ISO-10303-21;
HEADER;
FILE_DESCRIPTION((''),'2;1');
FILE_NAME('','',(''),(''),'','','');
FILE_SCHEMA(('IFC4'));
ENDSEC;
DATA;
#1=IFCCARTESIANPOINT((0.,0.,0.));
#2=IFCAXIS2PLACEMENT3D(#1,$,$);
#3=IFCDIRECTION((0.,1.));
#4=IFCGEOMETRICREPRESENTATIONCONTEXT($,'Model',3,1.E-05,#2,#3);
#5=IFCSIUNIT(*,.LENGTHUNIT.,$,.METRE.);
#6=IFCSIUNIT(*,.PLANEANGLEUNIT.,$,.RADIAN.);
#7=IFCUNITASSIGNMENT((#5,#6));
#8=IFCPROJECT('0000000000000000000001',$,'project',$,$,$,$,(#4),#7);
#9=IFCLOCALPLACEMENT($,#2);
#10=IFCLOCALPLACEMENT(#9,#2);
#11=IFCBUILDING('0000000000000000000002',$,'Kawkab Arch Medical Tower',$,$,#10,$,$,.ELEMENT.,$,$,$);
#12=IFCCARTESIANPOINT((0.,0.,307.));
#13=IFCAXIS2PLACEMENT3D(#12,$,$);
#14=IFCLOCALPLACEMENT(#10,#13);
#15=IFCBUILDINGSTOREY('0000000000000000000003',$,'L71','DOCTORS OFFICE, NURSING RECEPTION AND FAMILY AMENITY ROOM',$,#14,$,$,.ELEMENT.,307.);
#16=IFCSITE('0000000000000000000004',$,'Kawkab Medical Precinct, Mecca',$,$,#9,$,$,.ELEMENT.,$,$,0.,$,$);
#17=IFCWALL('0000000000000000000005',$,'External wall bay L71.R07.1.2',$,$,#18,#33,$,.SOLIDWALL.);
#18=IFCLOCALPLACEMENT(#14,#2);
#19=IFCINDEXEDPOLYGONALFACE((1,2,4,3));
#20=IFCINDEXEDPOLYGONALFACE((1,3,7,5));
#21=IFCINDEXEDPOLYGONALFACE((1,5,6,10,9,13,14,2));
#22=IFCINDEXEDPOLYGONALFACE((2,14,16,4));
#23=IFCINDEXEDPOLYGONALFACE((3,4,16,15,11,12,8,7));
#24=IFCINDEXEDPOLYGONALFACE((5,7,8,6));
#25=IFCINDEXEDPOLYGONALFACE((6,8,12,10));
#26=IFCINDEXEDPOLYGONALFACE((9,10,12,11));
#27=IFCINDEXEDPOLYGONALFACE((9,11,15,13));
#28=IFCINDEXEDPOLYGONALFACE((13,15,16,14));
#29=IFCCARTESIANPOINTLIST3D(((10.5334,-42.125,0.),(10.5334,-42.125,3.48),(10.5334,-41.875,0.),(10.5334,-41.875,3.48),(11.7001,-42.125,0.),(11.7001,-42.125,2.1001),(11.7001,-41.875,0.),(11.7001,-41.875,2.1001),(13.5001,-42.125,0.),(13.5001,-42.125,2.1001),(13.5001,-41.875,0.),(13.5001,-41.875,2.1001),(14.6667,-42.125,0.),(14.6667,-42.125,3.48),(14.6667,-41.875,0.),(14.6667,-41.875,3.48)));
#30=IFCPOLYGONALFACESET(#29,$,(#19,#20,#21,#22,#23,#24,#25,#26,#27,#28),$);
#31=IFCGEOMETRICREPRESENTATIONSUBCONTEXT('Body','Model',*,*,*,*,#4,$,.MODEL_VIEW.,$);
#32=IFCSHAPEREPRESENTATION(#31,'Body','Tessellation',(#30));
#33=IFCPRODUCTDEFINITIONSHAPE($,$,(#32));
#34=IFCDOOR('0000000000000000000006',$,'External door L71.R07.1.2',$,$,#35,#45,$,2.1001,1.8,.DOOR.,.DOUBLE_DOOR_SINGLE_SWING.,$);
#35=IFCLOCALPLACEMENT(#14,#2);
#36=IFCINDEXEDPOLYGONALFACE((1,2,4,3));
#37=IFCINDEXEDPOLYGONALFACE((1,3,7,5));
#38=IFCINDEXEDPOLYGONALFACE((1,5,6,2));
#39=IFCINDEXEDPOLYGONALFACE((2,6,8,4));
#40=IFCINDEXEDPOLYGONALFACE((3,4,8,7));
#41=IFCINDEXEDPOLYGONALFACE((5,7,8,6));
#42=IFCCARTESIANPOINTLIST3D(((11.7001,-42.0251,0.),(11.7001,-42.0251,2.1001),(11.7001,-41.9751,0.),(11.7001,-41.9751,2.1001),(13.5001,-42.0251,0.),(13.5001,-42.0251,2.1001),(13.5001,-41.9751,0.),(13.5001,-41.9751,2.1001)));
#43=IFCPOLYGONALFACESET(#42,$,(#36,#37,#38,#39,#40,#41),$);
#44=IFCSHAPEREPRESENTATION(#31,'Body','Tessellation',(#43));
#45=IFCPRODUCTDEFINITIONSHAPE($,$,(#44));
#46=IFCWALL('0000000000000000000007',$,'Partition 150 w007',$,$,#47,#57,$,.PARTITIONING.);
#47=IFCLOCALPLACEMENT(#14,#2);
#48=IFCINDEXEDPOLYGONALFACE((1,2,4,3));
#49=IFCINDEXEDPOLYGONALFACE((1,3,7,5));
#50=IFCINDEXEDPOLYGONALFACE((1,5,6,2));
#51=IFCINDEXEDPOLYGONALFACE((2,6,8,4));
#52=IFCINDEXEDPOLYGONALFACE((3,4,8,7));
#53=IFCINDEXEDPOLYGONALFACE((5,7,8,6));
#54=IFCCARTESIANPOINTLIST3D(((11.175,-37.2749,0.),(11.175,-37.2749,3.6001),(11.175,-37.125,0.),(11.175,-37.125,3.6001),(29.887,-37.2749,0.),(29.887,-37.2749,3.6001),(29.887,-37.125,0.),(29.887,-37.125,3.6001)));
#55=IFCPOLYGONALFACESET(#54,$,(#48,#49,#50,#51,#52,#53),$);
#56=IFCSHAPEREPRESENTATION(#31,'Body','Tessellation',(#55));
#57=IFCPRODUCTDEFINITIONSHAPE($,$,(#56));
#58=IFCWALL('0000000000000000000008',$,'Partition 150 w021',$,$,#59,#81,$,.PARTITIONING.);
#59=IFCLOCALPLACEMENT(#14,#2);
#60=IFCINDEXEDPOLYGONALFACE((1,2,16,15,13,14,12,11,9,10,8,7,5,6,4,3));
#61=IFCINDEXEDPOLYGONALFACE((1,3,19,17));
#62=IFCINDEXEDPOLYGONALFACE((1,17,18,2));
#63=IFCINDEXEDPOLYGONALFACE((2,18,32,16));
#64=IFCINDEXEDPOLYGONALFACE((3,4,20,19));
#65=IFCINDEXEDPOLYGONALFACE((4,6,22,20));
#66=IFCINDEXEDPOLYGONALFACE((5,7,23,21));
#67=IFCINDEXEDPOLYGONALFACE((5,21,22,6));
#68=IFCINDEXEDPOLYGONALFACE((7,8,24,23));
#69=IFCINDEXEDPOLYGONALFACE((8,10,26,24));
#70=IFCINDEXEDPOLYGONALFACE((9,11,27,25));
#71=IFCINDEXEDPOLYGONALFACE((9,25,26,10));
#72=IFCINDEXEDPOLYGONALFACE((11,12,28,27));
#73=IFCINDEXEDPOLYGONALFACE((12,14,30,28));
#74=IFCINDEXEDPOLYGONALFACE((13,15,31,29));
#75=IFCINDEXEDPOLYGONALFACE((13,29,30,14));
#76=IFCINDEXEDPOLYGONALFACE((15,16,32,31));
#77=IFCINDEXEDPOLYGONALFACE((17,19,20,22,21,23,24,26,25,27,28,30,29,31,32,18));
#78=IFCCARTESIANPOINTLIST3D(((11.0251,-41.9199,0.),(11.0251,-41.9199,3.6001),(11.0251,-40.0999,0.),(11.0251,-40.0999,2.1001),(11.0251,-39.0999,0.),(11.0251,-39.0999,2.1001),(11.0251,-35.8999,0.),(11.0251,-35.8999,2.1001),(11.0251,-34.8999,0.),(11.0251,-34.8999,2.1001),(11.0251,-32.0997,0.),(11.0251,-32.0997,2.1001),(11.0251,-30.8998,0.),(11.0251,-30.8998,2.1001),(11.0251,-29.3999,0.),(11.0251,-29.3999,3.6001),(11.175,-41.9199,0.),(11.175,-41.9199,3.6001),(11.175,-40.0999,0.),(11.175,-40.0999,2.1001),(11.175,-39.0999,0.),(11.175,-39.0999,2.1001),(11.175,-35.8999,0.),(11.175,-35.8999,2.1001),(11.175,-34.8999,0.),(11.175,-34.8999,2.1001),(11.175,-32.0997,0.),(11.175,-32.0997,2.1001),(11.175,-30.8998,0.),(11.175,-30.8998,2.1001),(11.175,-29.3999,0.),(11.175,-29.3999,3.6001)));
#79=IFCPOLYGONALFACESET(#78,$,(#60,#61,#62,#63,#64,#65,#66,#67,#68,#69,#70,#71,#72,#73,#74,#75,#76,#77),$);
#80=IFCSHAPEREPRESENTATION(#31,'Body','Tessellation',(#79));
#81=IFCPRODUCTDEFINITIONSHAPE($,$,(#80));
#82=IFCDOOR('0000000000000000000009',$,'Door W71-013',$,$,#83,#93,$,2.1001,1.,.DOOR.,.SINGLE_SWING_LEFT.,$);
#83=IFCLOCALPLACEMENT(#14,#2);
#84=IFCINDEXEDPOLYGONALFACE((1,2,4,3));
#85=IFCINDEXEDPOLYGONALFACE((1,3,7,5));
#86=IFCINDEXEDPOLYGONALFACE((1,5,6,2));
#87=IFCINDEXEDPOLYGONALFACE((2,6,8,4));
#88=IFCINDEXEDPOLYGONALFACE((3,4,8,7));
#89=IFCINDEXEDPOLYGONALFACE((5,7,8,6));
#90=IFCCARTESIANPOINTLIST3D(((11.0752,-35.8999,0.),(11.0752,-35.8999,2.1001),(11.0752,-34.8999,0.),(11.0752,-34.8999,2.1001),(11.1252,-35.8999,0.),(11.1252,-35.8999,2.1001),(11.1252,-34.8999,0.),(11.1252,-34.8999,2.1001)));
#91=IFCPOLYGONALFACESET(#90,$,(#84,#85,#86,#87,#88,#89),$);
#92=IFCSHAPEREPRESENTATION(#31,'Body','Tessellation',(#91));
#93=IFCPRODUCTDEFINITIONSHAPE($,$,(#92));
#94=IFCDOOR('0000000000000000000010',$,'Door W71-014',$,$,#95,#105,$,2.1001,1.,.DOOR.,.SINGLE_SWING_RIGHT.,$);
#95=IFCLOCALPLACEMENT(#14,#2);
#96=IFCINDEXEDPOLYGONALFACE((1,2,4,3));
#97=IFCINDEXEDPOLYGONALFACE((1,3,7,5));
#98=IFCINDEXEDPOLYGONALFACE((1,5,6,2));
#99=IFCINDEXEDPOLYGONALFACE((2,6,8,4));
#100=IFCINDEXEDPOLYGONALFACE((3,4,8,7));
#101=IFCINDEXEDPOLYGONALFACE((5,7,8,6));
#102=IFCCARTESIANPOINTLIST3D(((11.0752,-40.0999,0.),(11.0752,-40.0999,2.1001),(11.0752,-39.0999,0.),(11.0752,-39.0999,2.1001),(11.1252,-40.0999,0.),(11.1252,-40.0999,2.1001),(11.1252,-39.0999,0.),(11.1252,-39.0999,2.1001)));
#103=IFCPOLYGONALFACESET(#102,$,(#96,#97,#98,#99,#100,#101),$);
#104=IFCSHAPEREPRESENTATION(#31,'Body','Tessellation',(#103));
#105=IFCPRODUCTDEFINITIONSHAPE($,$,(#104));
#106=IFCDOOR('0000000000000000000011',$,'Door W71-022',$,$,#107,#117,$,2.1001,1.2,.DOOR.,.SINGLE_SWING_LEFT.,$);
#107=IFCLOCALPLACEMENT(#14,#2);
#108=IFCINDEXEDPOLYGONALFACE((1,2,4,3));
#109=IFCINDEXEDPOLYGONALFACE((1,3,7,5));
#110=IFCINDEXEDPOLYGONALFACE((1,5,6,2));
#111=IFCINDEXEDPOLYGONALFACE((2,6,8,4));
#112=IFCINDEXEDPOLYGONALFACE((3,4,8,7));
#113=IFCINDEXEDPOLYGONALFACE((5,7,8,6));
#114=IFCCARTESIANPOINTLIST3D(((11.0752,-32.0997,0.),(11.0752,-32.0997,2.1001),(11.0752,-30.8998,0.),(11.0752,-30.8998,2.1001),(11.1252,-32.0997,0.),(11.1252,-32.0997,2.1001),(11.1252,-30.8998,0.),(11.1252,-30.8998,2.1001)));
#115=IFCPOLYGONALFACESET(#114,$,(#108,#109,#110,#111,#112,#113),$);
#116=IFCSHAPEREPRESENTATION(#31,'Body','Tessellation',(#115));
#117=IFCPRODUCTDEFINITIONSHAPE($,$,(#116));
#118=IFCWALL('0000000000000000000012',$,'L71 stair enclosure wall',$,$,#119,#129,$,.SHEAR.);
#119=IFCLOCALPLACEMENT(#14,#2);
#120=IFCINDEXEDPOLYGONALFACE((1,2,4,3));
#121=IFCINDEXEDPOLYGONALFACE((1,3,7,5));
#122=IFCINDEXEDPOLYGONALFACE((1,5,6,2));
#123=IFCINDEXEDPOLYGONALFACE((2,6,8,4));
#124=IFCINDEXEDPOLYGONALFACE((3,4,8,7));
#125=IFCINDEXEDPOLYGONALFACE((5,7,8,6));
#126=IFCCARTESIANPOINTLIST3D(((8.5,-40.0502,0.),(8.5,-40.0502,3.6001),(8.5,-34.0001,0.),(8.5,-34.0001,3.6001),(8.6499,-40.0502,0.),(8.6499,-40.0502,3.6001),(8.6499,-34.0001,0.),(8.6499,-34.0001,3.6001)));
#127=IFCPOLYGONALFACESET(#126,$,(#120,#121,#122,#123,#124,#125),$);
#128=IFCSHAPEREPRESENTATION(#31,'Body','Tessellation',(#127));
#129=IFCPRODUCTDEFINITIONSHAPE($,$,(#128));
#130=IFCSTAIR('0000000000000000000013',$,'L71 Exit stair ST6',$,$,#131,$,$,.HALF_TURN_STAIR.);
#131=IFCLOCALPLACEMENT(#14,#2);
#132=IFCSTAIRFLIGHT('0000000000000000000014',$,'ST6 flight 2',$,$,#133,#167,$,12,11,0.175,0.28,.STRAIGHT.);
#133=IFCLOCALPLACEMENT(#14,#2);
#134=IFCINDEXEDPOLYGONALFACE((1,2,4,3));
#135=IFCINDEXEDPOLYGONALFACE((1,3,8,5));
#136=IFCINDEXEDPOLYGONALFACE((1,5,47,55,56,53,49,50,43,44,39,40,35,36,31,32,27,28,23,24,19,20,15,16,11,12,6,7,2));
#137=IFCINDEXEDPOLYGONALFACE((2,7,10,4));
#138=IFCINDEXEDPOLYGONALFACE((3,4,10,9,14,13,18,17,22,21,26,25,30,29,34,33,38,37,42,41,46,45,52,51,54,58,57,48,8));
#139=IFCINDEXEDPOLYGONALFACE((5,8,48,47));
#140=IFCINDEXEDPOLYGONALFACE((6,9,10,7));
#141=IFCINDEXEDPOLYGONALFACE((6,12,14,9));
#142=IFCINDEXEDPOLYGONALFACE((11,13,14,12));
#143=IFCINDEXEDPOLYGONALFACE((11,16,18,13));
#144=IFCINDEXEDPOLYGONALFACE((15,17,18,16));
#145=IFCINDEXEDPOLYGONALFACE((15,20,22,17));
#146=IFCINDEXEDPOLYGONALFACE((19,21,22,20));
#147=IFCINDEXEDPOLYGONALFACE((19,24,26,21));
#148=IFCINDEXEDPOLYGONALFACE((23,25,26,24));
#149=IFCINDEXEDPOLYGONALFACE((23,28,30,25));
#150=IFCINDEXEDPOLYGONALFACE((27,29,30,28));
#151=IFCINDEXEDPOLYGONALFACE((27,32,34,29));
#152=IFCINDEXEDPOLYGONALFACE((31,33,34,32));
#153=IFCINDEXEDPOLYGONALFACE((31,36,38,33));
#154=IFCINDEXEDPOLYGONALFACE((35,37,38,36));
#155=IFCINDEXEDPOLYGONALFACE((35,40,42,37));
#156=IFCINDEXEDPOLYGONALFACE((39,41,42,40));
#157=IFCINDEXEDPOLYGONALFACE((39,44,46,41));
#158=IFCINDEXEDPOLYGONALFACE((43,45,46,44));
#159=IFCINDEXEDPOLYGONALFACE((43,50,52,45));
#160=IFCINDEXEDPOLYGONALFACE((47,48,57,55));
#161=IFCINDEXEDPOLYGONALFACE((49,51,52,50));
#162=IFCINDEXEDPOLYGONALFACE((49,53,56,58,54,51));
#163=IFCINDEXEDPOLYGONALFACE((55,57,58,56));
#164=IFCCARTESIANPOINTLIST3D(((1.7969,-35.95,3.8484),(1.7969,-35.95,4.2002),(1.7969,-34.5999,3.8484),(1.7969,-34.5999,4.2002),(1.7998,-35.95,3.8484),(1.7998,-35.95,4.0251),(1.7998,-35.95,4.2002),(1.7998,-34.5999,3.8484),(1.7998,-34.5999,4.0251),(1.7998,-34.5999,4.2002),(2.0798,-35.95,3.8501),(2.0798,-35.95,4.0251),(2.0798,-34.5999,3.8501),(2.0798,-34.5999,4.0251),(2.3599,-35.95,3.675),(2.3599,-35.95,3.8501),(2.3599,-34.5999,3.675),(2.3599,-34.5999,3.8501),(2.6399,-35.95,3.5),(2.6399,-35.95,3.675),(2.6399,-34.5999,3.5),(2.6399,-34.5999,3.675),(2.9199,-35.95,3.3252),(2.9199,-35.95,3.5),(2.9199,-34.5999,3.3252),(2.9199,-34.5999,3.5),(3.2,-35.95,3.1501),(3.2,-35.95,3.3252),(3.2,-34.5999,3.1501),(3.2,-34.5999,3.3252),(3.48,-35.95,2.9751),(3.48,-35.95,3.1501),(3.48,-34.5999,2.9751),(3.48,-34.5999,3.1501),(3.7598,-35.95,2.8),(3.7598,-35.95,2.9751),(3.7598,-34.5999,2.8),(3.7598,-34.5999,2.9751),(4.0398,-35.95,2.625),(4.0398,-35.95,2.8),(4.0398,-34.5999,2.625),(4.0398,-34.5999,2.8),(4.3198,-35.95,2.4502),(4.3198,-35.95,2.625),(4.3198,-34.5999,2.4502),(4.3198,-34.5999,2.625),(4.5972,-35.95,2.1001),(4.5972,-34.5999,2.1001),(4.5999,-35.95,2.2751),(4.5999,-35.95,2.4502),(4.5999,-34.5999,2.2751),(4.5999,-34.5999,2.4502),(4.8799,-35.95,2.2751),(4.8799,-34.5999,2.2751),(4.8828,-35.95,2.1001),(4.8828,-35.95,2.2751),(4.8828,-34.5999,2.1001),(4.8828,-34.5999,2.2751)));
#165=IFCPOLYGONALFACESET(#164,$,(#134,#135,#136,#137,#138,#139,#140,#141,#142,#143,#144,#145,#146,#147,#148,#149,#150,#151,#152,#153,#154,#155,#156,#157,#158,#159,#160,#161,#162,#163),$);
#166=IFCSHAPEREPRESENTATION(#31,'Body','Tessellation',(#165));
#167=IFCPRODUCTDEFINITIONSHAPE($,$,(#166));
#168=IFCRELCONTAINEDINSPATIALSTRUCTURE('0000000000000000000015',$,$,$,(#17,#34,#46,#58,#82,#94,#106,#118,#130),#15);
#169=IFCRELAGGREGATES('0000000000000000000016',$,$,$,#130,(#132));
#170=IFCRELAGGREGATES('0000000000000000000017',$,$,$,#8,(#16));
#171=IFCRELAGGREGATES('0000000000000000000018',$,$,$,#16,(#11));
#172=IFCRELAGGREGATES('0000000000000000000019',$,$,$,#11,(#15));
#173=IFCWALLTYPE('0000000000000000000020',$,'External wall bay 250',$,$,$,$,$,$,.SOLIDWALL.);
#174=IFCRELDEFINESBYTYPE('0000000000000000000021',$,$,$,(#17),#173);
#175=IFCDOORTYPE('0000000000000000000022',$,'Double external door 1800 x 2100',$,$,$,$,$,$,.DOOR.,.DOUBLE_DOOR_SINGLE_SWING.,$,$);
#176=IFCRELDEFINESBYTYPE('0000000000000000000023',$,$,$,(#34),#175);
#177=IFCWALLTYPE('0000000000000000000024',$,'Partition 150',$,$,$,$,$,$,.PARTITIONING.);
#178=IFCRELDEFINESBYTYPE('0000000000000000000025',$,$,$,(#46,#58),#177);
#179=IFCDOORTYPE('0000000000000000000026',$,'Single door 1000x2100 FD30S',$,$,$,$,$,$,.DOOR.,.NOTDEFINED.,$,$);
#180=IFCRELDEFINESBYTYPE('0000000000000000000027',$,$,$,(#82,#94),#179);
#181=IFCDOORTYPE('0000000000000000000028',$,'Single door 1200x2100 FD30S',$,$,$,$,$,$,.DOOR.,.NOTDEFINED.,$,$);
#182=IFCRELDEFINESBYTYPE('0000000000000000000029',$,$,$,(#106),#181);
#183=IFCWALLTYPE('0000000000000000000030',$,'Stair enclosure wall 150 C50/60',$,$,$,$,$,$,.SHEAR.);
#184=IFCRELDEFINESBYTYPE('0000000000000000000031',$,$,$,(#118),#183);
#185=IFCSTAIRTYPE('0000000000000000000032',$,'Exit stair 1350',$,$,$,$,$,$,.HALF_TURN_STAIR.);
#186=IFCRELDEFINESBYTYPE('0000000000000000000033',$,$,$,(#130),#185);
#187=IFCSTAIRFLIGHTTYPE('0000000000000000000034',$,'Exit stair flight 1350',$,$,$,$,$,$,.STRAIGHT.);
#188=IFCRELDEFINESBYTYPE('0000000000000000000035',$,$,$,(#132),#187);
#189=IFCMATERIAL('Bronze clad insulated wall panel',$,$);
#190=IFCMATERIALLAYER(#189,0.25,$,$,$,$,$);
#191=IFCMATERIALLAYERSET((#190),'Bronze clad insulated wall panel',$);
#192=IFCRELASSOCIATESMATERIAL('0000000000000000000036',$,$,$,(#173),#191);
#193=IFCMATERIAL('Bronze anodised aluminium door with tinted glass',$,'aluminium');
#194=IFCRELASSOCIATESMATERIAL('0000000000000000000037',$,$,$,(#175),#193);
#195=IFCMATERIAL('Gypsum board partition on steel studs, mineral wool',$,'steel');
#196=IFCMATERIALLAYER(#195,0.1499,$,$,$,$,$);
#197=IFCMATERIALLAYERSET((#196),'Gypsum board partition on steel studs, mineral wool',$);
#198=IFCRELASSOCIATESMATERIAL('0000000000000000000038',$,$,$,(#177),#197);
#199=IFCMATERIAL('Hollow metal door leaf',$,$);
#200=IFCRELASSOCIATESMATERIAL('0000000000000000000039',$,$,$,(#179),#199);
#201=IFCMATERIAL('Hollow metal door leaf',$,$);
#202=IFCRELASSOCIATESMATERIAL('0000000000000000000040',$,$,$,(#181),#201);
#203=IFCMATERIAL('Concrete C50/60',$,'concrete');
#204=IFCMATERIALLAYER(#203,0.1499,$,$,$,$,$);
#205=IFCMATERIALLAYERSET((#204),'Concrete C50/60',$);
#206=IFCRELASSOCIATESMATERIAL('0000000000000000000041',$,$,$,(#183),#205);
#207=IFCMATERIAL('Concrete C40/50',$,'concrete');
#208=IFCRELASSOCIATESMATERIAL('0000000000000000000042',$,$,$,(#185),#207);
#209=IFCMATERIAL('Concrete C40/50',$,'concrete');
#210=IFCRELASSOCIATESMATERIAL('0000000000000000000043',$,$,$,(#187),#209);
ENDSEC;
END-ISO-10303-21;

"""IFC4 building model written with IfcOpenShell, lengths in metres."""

from ifc_helpers import new_model, si_unit, direction, frame, frame_2d, origin, place, context, subcontext, project, spatial, polyline, rectangle, outline, extrude, material, layer, layer_set, type_object, element, fill, aggregate, save


model = new_model("IFC4")

# Units and contexts
model_context = context("Model", 3, precision=1e-05, world=origin(), true_north=direction((0.0, 1.0)))
body_context = subcontext(model_context, "Body", "Model", "MODEL_VIEW")
ifc_project = project(units=[si_unit("LENGTHUNIT", "METRE"), si_unit("PLANEANGLEUNIT", "RADIAN")], contexts=[model_context])

# Site, building, storey
site_placement = place(None, origin())
site = spatial("IfcSite", under=ifc_project, at=site_placement, Name="Kawkab Medical Precinct, Mecca", CompositionType="ELEMENT", RefElevation=0.0)
building_placement = place(site_placement, origin())
building = spatial("IfcBuilding", under=site, at=building_placement, Name="Kawkab Arch Medical Tower", CompositionType="ELEMENT")
storey_placement = place(building_placement, frame((0.0, 0.0, 307.0)))
storey = spatial("IfcBuildingStorey", under=building, at=storey_placement, Name="L71", Description="DOCTORS OFFICE, NURSING RECEPTION AND FAMILY AMENITY ROOM", CompositionType="ELEMENT", Elevation=307.0)

# Shared definitions
placement = place(storey_placement, origin())

# Wall, opening, door
ifc_material_1 = material(Name="Bronze clad insulated wall panel")
ifc_layer_1 = layer(ifc_material_1, 0.25)
ifc_layer_set_1 = layer_set([ifc_layer_1], Name="Bronze clad insulated wall panel")
wall_type_1 = type_object("IfcWallType", Name="External wall bay 250", PredefinedType="SOLIDWALL", material=ifc_layer_set_1)
wall_1_placement = place(storey_placement, frame((10.5334, -42.0, 0.0), z_axis=(0.0, 0.0, 1.0), x_axis=(1.0, 0.0, 0.0)))
wall_1 = element("IfcWall", 1, at=wall_1_placement, inside=storey, type_object=wall_type_1, Name="External wall bay L71.R07.1.2", PredefinedType="SOLIDWALL", context=body_context, shape_type="SweptSolid", body=[
    extrude(rectangle(XDim=4.1333, YDim=0.25, at=frame_2d((2.0667, 0.0))), origin(), (0.0, 0.0, 1.0), 3.48),
])
opening_1_placement = place(wall_1_placement, frame((1.1667, 0.0, 0.0)))
opening_1 = element("IfcOpeningElement", 2, at=opening_1_placement, cuts=wall_1, PredefinedType="OPENING", context=body_context, shape_type="SweptSolid", body=[
    extrude(rectangle(XDim=1.8, YDim=2.1001, at=frame_2d((0.8999, 1.05))), frame((0.0, 0.135, 0.0), z_axis=(0.0, -1.0, 0.0), x_axis=(1.0, 0.0, 0.0)), (0.0, 0.0, 1.0), 0.27),
])
ifc_material_2 = material(Name="Bronze anodised aluminium door with tinted glass", Category="aluminium")
door_type_1 = type_object("IfcDoorType", Name="Double external door 1800 x 2100", OperationType="DOUBLE_DOOR_SINGLE_SWING", PredefinedType="DOOR", material=ifc_material_2)
door_1_placement = place(opening_1_placement, origin())
door_1 = element("IfcDoor", 3, at=door_1_placement, inside=storey, type_object=door_type_1, Name="External door L71.R07.1.2", OperationType="DOUBLE_DOOR_SINGLE_SWING", OverallHeight=2.1001, OverallWidth=1.8, PredefinedType="DOOR", context=body_context, shape_type="SweptSolid", body=[
    extrude(rectangle(XDim=1.8, YDim=2.1001, at=frame_2d((0.8999, 1.05))), frame((0.0, 0.0249, 0.0), z_axis=(0.0, -1.0, 0.0), x_axis=(1.0, 0.0, 0.0)), (0.0, 0.0, 1.0), 0.05),
])
fill(opening_1, door_1)

# Wall
ifc_material_3 = material(Name="Gypsum board partition on steel studs, mineral wool", Category="steel")
ifc_layer_2 = layer(ifc_material_3, 0.1499)
ifc_layer_set_2 = layer_set([ifc_layer_2], Name="Gypsum board partition on steel studs, mineral wool")
wall_type_2 = type_object("IfcWallType", Name="Partition 150", PredefinedType="PARTITIONING", material=ifc_layer_set_2)
wall_2_placement = place(storey_placement, frame((11.175, -37.2, 0.0), z_axis=(0.0, 0.0, 1.0), x_axis=(1.0, 0.0, 0.0)))
element("IfcWall", 4, at=wall_2_placement, inside=storey, type_object=wall_type_2, Name="Partition 150 w007", PredefinedType="PARTITIONING", context=body_context, shape_type="SweptSolid", body=[
    extrude(rectangle(XDim=18.7119, YDim=0.1499, at=frame_2d((9.356, 0.0))), origin(), (0.0, 0.0, 1.0), 3.6001),
])

# Wall, openings, doors
wall_3_placement = place(storey_placement, frame((11.1001, -41.9199, 0.0), z_axis=(0.0, 0.0, 1.0), x_axis=(0.0, 1.0, 0.0)))
wall_3 = element("IfcWall", 5, at=wall_3_placement, inside=storey, type_object=wall_type_2, Name="Partition 150 w021", PredefinedType="PARTITIONING", context=body_context, shape_type="SweptSolid", body=[
    extrude(rectangle(XDim=12.52, YDim=0.1499, at=frame_2d((6.26, 0.0))), origin(), (0.0, 0.0, 1.0), 3.6001),
])
opening_2_placement = place(wall_3_placement, frame((9.8201, 0.0, 0.0)))
opening_2 = element("IfcOpeningElement", 6, at=opening_2_placement, cuts=wall_3, PredefinedType="OPENING", context=body_context, shape_type="SweptSolid", body=[
    extrude(rectangle(XDim=1.2, YDim=2.1001, at=frame_2d((0.6001, 1.05))), frame((0.0, 0.085, 0.0), z_axis=(0.0, -1.0, 0.0), x_axis=(1.0, 0.0, 0.0)), (0.0, 0.0, 1.0), 0.1699),
])
opening_3_placement = place(wall_3_placement, frame((6.02, 0.0, 0.0)))
opening_3 = element("IfcOpeningElement", 7, at=opening_3_placement, cuts=wall_3, PredefinedType="OPENING", context=body_context, shape_type="SweptSolid", body=[
    extrude(rectangle(XDim=1.0, YDim=2.1001, at=frame_2d((0.5, 1.05))), frame((0.0, 0.085, 0.0), z_axis=(0.0, -1.0, 0.0), x_axis=(1.0, 0.0, 0.0)), (0.0, 0.0, 1.0), 0.1699),
])
opening_4_placement = place(wall_3_placement, frame((1.8201, 0.0, 0.0)))
opening_4 = element("IfcOpeningElement", 8, at=opening_4_placement, cuts=wall_3, PredefinedType="OPENING", context=body_context, shape_type="SweptSolid", body=[
    extrude(rectangle(XDim=1.0, YDim=2.1001, at=frame_2d((0.5, 1.05))), frame((0.0, 0.085, 0.0), z_axis=(0.0, -1.0, 0.0), x_axis=(1.0, 0.0, 0.0)), (0.0, 0.0, 1.0), 0.1699),
])
ifc_material_4 = material(Name="Hollow metal door leaf")
door_type_2 = type_object("IfcDoorType", Name="Single door 1000x2100 FD30S", OperationType="NOTDEFINED", PredefinedType="DOOR", material=ifc_material_4)
door_2_placement = place(opening_3_placement, origin())
door_2 = element("IfcDoor", 9, at=door_2_placement, inside=storey, type_object=door_type_2, Name="Door W71-013", OperationType="SINGLE_SWING_LEFT", OverallHeight=2.1001, OverallWidth=1.0, PredefinedType="DOOR", context=body_context, shape_type="SweptSolid", body=[
    extrude(rectangle(XDim=1.0, YDim=2.1001, at=frame_2d((0.5, 1.05))), frame((0.0, 0.0249, 0.0), z_axis=(0.0, -1.0, 0.0), x_axis=(1.0, 0.0, 0.0)), (0.0, 0.0, 1.0), 0.05),
])
fill(opening_3, door_2)
door_3_placement = place(opening_4_placement, origin())
door_3 = element("IfcDoor", 10, at=door_3_placement, inside=storey, type_object=door_type_2, Name="Door W71-014", OperationType="SINGLE_SWING_RIGHT", OverallHeight=2.1001, OverallWidth=1.0, PredefinedType="DOOR", context=body_context, shape_type="SweptSolid", body=[
    extrude(rectangle(XDim=1.0, YDim=2.1001, at=frame_2d((0.5, 1.05))), frame((0.0, 0.0249, 0.0), z_axis=(0.0, -1.0, 0.0), x_axis=(1.0, 0.0, 0.0)), (0.0, 0.0, 1.0), 0.05),
])
fill(opening_4, door_3)
ifc_material_5 = material(Name="Hollow metal door leaf")
door_type_3 = type_object("IfcDoorType", Name="Single door 1200x2100 FD30S", OperationType="NOTDEFINED", PredefinedType="DOOR", material=ifc_material_5)
door_4_placement = place(opening_2_placement, origin())
door_4 = element("IfcDoor", 11, at=door_4_placement, inside=storey, type_object=door_type_3, Name="Door W71-022", OperationType="SINGLE_SWING_LEFT", OverallHeight=2.1001, OverallWidth=1.2, PredefinedType="DOOR", context=body_context, shape_type="SweptSolid", body=[
    extrude(rectangle(XDim=1.2, YDim=2.1001, at=frame_2d((0.6001, 1.05))), frame((0.0, 0.0249, 0.0), z_axis=(0.0, -1.0, 0.0), x_axis=(1.0, 0.0, 0.0)), (0.0, 0.0, 1.0), 0.05),
])
fill(opening_2, door_4)

# Wall
ifc_material_6 = material(Name="Concrete C50/60", Category="concrete")
ifc_layer_3 = layer(ifc_material_6, 0.1499)
ifc_layer_set_3 = layer_set([ifc_layer_3], Name="Concrete C50/60")
wall_type_3 = type_object("IfcWallType", Name="Stair enclosure wall 150 C50/60", PredefinedType="SHEAR", material=ifc_layer_set_3)
wall_4_placement = place(storey_placement, frame((8.575, -40.05, 0.0), z_axis=(0.0, 0.0, 1.0), x_axis=(0.0, 1.0, 0.0)))
element("IfcWall", 12, at=wall_4_placement, inside=storey, type_object=wall_type_3, Name="L71 stair enclosure wall", PredefinedType="SHEAR", context=body_context, shape_type="SweptSolid", body=[
    extrude(rectangle(XDim=6.05, YDim=0.1499, at=frame_2d((3.0249, 0.0))), origin(), (0.0, 0.0, 1.0), 3.6001),
])

# Stair, stair flight
ifc_material_7 = material(Name="Concrete C40/50", Category="concrete")
stair_type = type_object("IfcStairType", Name="Exit stair 1350", PredefinedType="HALF_TURN_STAIR", material=ifc_material_7)
stair = element("IfcStair", 13, at=placement, inside=storey, type_object=stair_type, Name="L71 Exit stair ST6", PredefinedType="HALF_TURN_STAIR")
ifc_material_8 = material(Name="Concrete C40/50", Category="concrete")
stair_flight_type = type_object("IfcStairFlightType", Name="Exit stair flight 1350", PredefinedType="STRAIGHT", material=ifc_material_8)
stair_flight_placement = place(storey_placement, frame((4.8799, -35.2749, 2.1001), z_axis=(0.0, 0.0, 1.0), x_axis=(-1.0, 0.0, 0.0)))
stair_flight = element("IfcStairFlight", 14, at=stair_flight_placement, type_object=stair_flight_type, Name="ST6 flight 2", NumberOfRisers=12, NumberOfTreads=11, PredefinedType="STRAIGHT", RiserHeight=0.175, TreadLength=0.28, context=body_context, shape_type="SweptSolid", body=[
    extrude(outline(polyline([(-0.0029, 0.0), (-0.0029, 0.175), (0.0, 0.175), (0.28, 0.175), (0.28, 0.3501), (0.5601, 0.3501), (0.5601, 0.5249), (0.8401, 0.5249), (0.8401, 0.7), (1.1201, 0.7), (1.1201, 0.875), (1.3999, 0.875), (1.3999, 1.05), (1.6799, 1.05), (1.6799, 1.2251), (1.96, 1.2251), (1.96, 1.3999), (2.24, 1.3999), (2.24, 1.575), (2.52, 1.575), (2.52, 1.75), (2.8, 1.75), (2.8, 1.925), (3.0801, 1.925), (3.0801, 2.1001), (3.083, 2.1001), (3.083, 1.7483), (3.0801, 1.7483), (0.2827, 0.0), (-0.0029, 0.0)])), frame((0.0, 0.675, 0.0), z_axis=(0.0, -1.0, 0.0), x_axis=(1.0, 0.0, 0.0)), (0.0, 0.0, 1.0), 1.3501),
])
aggregate(stair, [stair_flight])

save(model, "model.ifc")
